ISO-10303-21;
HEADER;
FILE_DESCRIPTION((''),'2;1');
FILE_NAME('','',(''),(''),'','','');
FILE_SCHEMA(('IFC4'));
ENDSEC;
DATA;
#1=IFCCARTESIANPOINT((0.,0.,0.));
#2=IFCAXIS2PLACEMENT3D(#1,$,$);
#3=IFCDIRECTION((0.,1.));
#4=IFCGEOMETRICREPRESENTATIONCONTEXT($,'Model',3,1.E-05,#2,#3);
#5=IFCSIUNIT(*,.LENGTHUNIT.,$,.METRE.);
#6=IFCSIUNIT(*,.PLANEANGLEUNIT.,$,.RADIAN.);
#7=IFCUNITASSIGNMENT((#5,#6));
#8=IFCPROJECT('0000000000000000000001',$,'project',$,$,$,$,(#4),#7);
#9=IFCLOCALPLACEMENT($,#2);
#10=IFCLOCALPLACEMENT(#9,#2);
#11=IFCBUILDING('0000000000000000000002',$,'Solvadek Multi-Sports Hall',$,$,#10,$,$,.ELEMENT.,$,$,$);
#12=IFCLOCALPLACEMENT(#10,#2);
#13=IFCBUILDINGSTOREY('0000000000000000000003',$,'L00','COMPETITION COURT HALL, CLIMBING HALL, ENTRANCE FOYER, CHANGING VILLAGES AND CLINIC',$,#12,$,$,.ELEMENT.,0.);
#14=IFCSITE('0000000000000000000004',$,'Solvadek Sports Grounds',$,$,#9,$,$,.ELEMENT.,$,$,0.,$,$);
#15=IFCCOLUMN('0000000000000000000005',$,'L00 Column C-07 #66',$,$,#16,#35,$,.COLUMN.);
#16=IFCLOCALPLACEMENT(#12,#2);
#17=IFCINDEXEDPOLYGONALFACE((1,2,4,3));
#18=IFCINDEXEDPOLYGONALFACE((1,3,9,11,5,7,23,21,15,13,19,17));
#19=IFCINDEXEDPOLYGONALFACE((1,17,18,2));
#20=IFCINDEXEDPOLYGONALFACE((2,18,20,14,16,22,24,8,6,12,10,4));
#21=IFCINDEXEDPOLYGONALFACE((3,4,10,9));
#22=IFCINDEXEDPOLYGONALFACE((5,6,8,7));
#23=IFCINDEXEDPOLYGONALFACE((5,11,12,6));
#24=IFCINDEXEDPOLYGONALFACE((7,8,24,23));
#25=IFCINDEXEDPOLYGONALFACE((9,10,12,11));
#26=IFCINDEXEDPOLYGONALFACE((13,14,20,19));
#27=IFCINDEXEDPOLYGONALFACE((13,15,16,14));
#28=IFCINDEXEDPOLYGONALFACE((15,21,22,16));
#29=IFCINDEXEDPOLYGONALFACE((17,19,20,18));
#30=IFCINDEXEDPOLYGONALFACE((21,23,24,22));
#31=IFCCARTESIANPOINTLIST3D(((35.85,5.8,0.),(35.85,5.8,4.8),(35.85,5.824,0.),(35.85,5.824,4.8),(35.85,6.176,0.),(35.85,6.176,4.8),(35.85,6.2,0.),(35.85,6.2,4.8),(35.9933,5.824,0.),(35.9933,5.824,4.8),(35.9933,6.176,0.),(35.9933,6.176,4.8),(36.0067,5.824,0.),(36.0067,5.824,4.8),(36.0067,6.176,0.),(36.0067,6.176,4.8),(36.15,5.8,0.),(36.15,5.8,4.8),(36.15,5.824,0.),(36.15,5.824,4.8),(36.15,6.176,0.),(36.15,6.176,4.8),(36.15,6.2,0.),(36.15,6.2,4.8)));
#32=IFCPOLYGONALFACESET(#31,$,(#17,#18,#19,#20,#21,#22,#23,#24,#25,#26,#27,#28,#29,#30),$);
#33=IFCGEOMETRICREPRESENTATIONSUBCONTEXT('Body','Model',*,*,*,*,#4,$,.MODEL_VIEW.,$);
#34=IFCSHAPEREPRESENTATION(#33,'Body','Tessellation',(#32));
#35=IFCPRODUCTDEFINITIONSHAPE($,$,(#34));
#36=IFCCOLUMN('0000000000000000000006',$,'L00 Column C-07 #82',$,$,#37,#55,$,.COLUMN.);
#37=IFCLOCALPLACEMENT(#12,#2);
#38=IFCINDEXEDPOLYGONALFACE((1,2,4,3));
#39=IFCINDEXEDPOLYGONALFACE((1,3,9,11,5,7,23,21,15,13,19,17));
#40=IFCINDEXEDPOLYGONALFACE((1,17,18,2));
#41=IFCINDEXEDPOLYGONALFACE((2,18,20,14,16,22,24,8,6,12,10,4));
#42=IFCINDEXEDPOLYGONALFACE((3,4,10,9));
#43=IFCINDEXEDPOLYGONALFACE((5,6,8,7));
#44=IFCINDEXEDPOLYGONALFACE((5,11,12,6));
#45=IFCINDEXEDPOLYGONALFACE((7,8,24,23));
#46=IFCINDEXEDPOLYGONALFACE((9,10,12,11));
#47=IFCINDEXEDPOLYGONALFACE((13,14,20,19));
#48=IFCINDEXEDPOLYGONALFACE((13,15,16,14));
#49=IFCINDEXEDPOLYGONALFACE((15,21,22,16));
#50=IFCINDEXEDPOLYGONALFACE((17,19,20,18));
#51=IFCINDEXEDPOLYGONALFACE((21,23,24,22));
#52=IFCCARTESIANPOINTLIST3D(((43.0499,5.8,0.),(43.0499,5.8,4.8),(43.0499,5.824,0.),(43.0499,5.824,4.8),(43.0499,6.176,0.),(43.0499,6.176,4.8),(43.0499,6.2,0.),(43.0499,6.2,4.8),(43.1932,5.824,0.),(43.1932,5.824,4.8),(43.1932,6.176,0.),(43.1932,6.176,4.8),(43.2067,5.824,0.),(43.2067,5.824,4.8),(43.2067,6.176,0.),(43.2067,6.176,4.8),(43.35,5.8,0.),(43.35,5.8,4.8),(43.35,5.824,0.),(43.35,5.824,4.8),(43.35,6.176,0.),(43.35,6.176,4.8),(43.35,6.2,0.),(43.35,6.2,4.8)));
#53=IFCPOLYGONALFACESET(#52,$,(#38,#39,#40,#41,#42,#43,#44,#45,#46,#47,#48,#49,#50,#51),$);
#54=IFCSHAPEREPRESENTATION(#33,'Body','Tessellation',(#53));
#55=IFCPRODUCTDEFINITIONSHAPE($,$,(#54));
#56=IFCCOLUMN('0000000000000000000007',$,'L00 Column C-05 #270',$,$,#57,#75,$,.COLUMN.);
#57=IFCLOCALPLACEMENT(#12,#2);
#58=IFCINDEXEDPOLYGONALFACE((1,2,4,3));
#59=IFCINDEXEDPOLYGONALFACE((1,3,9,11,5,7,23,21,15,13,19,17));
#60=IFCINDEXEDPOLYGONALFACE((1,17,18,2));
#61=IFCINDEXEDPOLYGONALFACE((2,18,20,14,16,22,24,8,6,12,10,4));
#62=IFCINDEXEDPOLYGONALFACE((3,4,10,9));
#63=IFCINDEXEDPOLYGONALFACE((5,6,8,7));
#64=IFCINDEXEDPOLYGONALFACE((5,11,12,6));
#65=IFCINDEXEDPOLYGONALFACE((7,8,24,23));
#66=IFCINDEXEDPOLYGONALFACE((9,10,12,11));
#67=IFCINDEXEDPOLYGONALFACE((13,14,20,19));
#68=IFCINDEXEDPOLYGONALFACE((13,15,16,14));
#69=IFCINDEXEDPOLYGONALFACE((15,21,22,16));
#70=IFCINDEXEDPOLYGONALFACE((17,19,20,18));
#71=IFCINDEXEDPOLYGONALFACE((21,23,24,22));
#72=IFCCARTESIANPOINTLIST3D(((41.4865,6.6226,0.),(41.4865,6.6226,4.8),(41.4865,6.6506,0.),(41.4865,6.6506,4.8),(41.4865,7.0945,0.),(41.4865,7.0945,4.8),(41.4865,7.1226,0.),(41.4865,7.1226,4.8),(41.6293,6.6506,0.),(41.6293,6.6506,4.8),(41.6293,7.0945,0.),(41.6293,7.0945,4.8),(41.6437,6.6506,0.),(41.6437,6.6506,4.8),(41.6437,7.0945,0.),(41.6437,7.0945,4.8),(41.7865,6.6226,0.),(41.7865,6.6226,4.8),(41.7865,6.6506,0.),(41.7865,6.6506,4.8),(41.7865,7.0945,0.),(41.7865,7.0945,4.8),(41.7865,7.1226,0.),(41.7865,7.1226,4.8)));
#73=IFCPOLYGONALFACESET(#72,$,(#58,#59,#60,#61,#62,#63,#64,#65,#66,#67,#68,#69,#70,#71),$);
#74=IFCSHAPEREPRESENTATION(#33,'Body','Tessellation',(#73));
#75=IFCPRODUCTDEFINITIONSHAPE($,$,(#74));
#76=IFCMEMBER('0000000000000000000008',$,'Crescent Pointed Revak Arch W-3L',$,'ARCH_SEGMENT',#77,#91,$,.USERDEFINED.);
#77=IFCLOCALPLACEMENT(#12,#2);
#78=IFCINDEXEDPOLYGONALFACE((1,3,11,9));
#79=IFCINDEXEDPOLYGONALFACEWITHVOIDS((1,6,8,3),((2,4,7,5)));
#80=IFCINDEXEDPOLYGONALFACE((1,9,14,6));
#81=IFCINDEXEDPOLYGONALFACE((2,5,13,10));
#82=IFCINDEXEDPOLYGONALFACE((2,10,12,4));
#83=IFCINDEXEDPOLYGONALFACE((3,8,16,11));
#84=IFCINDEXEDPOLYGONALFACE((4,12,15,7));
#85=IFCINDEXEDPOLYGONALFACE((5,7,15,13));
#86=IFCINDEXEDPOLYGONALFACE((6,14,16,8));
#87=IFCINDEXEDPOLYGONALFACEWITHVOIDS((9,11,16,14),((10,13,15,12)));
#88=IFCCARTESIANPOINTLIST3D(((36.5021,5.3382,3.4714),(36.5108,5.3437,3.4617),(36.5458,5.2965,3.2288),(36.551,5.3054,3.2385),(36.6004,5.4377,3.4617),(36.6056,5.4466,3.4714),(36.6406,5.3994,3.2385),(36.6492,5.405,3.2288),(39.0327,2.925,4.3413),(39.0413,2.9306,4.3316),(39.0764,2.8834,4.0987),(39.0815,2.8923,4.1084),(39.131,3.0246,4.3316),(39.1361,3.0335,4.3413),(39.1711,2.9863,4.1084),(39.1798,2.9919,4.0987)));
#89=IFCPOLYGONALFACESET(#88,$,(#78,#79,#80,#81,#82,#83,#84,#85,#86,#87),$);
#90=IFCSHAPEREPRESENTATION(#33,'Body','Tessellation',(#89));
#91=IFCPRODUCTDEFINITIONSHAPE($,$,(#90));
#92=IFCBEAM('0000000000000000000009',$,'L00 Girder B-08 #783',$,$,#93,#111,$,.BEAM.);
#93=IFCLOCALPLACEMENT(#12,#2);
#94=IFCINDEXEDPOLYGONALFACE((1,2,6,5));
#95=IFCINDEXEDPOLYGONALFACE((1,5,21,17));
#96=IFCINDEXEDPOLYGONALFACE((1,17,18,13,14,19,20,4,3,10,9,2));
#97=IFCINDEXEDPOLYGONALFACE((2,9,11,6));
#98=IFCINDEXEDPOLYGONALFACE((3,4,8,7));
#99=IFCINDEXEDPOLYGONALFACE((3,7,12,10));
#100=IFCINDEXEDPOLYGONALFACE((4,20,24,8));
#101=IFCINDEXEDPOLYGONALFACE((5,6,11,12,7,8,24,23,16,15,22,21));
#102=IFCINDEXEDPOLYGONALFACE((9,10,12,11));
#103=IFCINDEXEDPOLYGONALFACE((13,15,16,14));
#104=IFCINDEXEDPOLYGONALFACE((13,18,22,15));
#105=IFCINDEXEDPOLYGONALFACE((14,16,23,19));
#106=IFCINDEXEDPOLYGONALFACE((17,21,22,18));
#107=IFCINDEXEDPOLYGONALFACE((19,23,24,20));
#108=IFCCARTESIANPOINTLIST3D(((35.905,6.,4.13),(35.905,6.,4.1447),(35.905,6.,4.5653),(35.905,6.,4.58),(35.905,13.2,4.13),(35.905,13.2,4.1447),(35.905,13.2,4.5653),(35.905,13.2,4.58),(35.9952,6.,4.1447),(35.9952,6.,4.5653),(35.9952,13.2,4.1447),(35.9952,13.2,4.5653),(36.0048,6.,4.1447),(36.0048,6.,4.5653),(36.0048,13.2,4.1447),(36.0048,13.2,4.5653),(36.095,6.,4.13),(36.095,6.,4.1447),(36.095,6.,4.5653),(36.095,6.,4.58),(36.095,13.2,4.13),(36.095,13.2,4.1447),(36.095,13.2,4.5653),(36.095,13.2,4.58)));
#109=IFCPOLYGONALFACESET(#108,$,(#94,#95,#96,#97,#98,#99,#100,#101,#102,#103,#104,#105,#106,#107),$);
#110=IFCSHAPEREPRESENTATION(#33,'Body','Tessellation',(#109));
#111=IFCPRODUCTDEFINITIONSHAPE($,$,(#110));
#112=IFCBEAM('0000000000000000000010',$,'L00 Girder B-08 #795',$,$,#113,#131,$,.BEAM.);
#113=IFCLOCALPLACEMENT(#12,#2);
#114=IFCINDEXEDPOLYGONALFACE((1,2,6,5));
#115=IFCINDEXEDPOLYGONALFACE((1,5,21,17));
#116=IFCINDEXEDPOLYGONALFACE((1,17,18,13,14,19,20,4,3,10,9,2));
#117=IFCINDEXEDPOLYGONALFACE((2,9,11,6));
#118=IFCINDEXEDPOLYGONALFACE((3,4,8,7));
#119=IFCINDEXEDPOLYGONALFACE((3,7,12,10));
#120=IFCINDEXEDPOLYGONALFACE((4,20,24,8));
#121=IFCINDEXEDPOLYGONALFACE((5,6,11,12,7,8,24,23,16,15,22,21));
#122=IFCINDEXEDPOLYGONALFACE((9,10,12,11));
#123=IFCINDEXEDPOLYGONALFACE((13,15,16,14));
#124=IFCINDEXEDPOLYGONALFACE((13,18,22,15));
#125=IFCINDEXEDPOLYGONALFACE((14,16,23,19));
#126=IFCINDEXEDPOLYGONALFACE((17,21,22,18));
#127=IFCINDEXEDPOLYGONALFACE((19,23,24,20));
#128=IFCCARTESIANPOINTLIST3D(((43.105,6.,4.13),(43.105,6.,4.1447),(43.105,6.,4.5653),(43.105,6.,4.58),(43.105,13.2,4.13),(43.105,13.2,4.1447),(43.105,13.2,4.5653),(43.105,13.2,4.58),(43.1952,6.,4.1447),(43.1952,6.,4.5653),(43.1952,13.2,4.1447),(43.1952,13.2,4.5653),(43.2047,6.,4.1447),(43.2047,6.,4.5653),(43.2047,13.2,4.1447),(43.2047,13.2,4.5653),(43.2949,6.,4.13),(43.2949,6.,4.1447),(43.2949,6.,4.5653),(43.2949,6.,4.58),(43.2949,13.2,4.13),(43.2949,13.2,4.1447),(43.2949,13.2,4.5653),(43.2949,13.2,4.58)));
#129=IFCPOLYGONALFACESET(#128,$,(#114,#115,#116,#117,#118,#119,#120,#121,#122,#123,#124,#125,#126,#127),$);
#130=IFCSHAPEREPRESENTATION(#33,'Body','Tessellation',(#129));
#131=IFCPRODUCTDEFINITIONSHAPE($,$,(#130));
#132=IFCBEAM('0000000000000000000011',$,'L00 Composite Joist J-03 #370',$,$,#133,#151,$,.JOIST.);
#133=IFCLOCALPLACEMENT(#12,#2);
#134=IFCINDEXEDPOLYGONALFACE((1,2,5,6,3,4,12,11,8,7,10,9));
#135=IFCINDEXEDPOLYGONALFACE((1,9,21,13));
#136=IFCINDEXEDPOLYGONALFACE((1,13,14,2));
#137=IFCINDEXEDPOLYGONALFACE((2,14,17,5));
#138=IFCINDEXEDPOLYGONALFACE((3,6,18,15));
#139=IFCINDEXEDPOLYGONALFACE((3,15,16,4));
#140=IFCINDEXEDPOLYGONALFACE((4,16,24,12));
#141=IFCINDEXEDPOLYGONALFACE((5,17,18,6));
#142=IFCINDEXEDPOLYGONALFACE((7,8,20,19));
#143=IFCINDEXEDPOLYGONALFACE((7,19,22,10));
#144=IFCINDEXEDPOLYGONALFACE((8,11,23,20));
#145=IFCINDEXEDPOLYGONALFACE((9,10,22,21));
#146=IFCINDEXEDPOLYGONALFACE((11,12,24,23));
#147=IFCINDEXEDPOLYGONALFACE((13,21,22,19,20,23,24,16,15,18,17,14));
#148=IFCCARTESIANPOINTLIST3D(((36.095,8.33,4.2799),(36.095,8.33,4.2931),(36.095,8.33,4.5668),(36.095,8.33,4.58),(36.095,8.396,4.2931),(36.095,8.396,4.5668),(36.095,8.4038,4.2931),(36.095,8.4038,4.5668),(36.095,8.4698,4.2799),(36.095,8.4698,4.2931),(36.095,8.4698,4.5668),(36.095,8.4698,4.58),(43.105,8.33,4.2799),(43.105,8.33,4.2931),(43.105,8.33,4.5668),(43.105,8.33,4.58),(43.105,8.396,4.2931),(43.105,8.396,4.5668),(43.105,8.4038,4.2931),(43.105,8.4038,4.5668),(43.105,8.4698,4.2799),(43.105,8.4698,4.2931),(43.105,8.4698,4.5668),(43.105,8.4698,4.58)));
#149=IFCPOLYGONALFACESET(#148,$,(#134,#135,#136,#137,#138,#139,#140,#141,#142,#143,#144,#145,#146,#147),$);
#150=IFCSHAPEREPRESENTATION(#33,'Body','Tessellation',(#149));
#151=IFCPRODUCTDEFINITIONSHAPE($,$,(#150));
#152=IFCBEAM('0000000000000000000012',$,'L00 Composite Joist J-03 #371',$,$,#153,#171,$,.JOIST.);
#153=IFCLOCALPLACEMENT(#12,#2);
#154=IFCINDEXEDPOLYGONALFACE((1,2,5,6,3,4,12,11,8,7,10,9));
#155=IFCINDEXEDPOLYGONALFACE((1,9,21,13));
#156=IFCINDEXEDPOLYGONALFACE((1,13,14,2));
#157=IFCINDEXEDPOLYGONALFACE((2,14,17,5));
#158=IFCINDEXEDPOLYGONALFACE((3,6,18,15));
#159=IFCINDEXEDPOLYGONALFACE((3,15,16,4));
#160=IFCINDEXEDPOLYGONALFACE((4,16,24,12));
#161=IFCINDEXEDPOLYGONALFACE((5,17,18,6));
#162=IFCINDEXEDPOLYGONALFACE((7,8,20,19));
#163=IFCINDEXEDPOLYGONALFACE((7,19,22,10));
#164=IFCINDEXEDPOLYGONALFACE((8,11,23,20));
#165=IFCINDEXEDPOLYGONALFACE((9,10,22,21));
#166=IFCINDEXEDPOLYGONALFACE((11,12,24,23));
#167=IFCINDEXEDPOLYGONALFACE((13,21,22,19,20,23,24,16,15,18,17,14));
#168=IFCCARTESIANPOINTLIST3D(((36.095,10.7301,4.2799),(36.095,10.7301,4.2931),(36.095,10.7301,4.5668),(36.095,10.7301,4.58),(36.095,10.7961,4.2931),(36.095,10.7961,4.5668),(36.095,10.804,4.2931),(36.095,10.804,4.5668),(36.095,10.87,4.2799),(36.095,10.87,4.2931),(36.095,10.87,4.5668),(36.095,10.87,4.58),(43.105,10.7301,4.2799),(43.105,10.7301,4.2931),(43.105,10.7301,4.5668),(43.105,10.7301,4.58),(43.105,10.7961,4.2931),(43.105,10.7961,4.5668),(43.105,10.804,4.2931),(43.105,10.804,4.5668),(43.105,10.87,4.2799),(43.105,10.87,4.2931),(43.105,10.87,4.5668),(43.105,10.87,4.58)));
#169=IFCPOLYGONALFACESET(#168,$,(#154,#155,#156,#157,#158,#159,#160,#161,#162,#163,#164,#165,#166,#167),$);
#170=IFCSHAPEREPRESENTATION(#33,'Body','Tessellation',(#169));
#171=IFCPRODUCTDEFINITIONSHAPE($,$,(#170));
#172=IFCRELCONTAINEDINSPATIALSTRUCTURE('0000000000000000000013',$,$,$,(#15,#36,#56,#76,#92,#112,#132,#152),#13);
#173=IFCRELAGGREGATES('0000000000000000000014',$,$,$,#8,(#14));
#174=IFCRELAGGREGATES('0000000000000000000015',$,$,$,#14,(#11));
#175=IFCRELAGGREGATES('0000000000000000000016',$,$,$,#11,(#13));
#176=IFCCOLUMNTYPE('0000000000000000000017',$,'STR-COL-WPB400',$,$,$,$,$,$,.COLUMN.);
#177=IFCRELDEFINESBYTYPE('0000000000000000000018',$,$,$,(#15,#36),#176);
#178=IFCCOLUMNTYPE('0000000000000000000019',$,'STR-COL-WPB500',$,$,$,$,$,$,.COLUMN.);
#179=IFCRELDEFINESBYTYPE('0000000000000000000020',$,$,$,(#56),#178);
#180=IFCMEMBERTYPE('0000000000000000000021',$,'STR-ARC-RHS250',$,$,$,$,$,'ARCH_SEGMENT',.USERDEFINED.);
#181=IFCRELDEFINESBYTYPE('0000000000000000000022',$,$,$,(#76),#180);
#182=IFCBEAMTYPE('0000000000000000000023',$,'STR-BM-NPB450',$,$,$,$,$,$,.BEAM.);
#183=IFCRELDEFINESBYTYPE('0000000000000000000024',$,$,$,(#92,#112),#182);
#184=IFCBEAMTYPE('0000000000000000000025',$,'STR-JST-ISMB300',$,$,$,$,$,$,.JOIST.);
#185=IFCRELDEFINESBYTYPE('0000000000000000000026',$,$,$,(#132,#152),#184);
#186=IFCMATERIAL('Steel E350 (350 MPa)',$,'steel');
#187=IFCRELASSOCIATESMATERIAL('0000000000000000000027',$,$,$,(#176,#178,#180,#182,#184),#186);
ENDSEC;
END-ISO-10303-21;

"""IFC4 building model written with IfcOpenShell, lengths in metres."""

from ifc_helpers import new_model, si_unit, direction, frame, origin, origin_2d, place, context, subcontext, project, spatial, hollow_rectangle, i_section, extrude, material, material_profile, profile_set, type_object, element, save


model = new_model("IFC4")

# Units and contexts
model_context = context("Model", 3, precision=1e-05, world=origin(), true_north=direction((0.0, 1.0)))
body_context = subcontext(model_context, "Body", "Model", "MODEL_VIEW")
ifc_project = project(units=[si_unit("LENGTHUNIT", "METRE"), si_unit("PLANEANGLEUNIT", "RADIAN")], contexts=[model_context])

# Site, building, storey
site_placement = place(None, origin())
site = spatial("IfcSite", under=ifc_project, at=site_placement, Name="Solvadek Sports Grounds", CompositionType="ELEMENT", RefElevation=0.0)
building_placement = place(site_placement, origin())
building = spatial("IfcBuilding", under=site, at=building_placement, Name="Solvadek Multi-Sports Hall", CompositionType="ELEMENT")
storey_placement = place(building_placement, origin())
storey = spatial("IfcBuildingStorey", under=building, at=storey_placement, Name="L00", Description="COMPETITION COURT HALL, CLIMBING HALL, ENTRANCE FOYER, CHANGING VILLAGES AND CLINIC", CompositionType="ELEMENT", Elevation=0.0)

# Columns
ifc_material_1 = material(Name="Steel E350 (350 MPa)", Category="steel")
ifc_material_profile_1 = material_profile(ifc_material_1, i_section(OverallWidth=0.3, OverallDepth=0.3999, WebThickness=0.0134, FlangeThickness=0.0239, at=origin_2d()), Name="WPB 400")
ifc_profile_set_1 = profile_set([ifc_material_profile_1], Name="Steel E350 (350 MPa)")
column_type_1 = type_object("IfcColumnType", Name="STR-COL-WPB400", PredefinedType="COLUMN", material=ifc_profile_set_1)
for number, where, z_axis, x_axis, name in (
    (1, (36.0, 6.0, 0.0), (0.0, 0.0, 1.0), (1.0, 0.0, 0.0), "L00 Column C-07 #66"),
    (2, (43.2, 6.0, 0.0), (0.0, 0.0, 1.0), (1.0, 0.0, 0.0), "L00 Column C-07 #82"),
):
    element("IfcColumn", number, at=place(storey_placement, frame(where, z_axis=z_axis, x_axis=x_axis)), inside=storey, type_object=column_type_1, Name=name, PredefinedType="COLUMN", context=body_context, shape_type="SweptSolid", body=[
        extrude(i_section(OverallWidth=0.3, OverallDepth=0.3999, WebThickness=0.0134, FlangeThickness=0.0239, at=origin_2d()), origin(), (0.0, 0.0, 1.0), 4.8),
    ])
ifc_material_profile_2 = material_profile(ifc_material_1, i_section(OverallWidth=0.3, OverallDepth=0.5, WebThickness=0.0144, FlangeThickness=0.0281, at=origin_2d()), Name="WPB 500")
ifc_profile_set_2 = profile_set([ifc_material_profile_2], Name="Steel E350 (350 MPa)")
column_type_2 = type_object("IfcColumnType", Name="STR-COL-WPB500", PredefinedType="COLUMN", material=ifc_profile_set_2)
column_placement = place(storey_placement, frame((41.6365, 6.8726, 0.0), z_axis=(0.0, 0.0, 1.0), x_axis=(1.0, 0.0, 0.0)))
element("IfcColumn", 3, at=column_placement, inside=storey, type_object=column_type_2, Name="L00 Column C-05 #270", PredefinedType="COLUMN", context=body_context, shape_type="SweptSolid", body=[
    extrude(i_section(OverallWidth=0.3, OverallDepth=0.5, WebThickness=0.0144, FlangeThickness=0.0281, at=origin_2d()), origin(), (0.0, 0.0, 1.0), 4.8),
])

# Member
ifc_material_profile_3 = material_profile(ifc_material_1, hollow_rectangle(XDim=0.1499, YDim=0.25, WallThickness=0.01, at=origin_2d()), Name="RHS 250x150x10")
ifc_profile_set_3 = profile_set([ifc_material_profile_3], Name="Steel E350 (350 MPa)")
member_type = type_object("IfcMemberType", Name="STR-ARC-RHS250", ElementType="ARCH_SEGMENT", PredefinedType="USERDEFINED", material=ifc_profile_set_3)
member_placement = place(storey_placement, frame((36.5757, 5.3716, 3.3501), z_axis=(0.702294, -0.669703, 0.241416), x_axis=(0.690115, 0.723699, 0.0)))
element("IfcMember", 4, at=member_placement, inside=storey, type_object=member_type, Name="Crescent Pointed Revak Arch W-3L", ObjectType="ARCH_SEGMENT", PredefinedType="USERDEFINED", context=body_context, shape_type="SweptSolid", body=[
    extrude(hollow_rectangle(XDim=0.1499, YDim=0.25, WallThickness=0.01, at=origin_2d()), origin(), (0.0, 0.0, 1.0), 3.6033),
])

# Beams
ifc_material_profile_4 = material_profile(ifc_material_1, i_section(OverallWidth=0.1899, OverallDepth=0.45, WebThickness=0.0095, FlangeThickness=0.0146, at=origin_2d()), Name="NPB 450")
ifc_profile_set_4 = profile_set([ifc_material_profile_4], Name="Steel E350 (350 MPa)")
beam_type_1 = type_object("IfcBeamType", Name="STR-BM-NPB450", PredefinedType="BEAM", material=ifc_profile_set_4)
for number, where, z_axis, x_axis, name in (
    (5, (36.0, 6.0, 4.355), (0.0, 1.0, 0.0), (-1.0, 0.0, 0.0), "L00 Girder B-08 #783"),
    (6, (43.2, 6.0, 4.355), (0.0, 1.0, 0.0), (-1.0, 0.0, 0.0), "L00 Girder B-08 #795"),
):
    element("IfcBeam", number, at=place(storey_placement, frame(where, z_axis=z_axis, x_axis=x_axis)), inside=storey, type_object=beam_type_1, Name=name, PredefinedType="BEAM", context=body_context, shape_type="SweptSolid", body=[
        extrude(i_section(OverallWidth=0.1899, OverallDepth=0.45, WebThickness=0.0095, FlangeThickness=0.0146, at=origin_2d()), origin(), (0.0, 0.0, 1.0), 7.2),
    ])
ifc_material_profile_5 = material_profile(ifc_material_1, i_section(OverallWidth=0.1399, OverallDepth=0.3, WebThickness=0.0078, FlangeThickness=0.0132, at=origin_2d()), Name="ISMB 300")
ifc_profile_set_5 = profile_set([ifc_material_profile_5], Name="Steel E350 (350 MPa)")
beam_type_2 = type_object("IfcBeamType", Name="STR-JST-ISMB300", PredefinedType="JOIST", material=ifc_profile_set_5)
for number, where, z_axis, x_axis, name in (
    (7, (36.095, 8.3999, 4.4299), (1.0, 0.0, 0.0), (0.0, 1.0, 0.0), "L00 Composite Joist J-03 #370"),
    (8, (36.095, 10.8, 4.4299), (1.0, 0.0, 0.0), (0.0, 1.0, 0.0), "L00 Composite Joist J-03 #371"),
):
    element("IfcBeam", number, at=place(storey_placement, frame(where, z_axis=z_axis, x_axis=x_axis)), inside=storey, type_object=beam_type_2, Name=name, PredefinedType="JOIST", context=body_context, shape_type="SweptSolid", body=[
        extrude(i_section(OverallWidth=0.1399, OverallDepth=0.3, WebThickness=0.0078, FlangeThickness=0.0132, at=origin_2d()), origin(), (0.0, 0.0, 1.0), 7.01),
    ])

save(model, "model.ifc")
